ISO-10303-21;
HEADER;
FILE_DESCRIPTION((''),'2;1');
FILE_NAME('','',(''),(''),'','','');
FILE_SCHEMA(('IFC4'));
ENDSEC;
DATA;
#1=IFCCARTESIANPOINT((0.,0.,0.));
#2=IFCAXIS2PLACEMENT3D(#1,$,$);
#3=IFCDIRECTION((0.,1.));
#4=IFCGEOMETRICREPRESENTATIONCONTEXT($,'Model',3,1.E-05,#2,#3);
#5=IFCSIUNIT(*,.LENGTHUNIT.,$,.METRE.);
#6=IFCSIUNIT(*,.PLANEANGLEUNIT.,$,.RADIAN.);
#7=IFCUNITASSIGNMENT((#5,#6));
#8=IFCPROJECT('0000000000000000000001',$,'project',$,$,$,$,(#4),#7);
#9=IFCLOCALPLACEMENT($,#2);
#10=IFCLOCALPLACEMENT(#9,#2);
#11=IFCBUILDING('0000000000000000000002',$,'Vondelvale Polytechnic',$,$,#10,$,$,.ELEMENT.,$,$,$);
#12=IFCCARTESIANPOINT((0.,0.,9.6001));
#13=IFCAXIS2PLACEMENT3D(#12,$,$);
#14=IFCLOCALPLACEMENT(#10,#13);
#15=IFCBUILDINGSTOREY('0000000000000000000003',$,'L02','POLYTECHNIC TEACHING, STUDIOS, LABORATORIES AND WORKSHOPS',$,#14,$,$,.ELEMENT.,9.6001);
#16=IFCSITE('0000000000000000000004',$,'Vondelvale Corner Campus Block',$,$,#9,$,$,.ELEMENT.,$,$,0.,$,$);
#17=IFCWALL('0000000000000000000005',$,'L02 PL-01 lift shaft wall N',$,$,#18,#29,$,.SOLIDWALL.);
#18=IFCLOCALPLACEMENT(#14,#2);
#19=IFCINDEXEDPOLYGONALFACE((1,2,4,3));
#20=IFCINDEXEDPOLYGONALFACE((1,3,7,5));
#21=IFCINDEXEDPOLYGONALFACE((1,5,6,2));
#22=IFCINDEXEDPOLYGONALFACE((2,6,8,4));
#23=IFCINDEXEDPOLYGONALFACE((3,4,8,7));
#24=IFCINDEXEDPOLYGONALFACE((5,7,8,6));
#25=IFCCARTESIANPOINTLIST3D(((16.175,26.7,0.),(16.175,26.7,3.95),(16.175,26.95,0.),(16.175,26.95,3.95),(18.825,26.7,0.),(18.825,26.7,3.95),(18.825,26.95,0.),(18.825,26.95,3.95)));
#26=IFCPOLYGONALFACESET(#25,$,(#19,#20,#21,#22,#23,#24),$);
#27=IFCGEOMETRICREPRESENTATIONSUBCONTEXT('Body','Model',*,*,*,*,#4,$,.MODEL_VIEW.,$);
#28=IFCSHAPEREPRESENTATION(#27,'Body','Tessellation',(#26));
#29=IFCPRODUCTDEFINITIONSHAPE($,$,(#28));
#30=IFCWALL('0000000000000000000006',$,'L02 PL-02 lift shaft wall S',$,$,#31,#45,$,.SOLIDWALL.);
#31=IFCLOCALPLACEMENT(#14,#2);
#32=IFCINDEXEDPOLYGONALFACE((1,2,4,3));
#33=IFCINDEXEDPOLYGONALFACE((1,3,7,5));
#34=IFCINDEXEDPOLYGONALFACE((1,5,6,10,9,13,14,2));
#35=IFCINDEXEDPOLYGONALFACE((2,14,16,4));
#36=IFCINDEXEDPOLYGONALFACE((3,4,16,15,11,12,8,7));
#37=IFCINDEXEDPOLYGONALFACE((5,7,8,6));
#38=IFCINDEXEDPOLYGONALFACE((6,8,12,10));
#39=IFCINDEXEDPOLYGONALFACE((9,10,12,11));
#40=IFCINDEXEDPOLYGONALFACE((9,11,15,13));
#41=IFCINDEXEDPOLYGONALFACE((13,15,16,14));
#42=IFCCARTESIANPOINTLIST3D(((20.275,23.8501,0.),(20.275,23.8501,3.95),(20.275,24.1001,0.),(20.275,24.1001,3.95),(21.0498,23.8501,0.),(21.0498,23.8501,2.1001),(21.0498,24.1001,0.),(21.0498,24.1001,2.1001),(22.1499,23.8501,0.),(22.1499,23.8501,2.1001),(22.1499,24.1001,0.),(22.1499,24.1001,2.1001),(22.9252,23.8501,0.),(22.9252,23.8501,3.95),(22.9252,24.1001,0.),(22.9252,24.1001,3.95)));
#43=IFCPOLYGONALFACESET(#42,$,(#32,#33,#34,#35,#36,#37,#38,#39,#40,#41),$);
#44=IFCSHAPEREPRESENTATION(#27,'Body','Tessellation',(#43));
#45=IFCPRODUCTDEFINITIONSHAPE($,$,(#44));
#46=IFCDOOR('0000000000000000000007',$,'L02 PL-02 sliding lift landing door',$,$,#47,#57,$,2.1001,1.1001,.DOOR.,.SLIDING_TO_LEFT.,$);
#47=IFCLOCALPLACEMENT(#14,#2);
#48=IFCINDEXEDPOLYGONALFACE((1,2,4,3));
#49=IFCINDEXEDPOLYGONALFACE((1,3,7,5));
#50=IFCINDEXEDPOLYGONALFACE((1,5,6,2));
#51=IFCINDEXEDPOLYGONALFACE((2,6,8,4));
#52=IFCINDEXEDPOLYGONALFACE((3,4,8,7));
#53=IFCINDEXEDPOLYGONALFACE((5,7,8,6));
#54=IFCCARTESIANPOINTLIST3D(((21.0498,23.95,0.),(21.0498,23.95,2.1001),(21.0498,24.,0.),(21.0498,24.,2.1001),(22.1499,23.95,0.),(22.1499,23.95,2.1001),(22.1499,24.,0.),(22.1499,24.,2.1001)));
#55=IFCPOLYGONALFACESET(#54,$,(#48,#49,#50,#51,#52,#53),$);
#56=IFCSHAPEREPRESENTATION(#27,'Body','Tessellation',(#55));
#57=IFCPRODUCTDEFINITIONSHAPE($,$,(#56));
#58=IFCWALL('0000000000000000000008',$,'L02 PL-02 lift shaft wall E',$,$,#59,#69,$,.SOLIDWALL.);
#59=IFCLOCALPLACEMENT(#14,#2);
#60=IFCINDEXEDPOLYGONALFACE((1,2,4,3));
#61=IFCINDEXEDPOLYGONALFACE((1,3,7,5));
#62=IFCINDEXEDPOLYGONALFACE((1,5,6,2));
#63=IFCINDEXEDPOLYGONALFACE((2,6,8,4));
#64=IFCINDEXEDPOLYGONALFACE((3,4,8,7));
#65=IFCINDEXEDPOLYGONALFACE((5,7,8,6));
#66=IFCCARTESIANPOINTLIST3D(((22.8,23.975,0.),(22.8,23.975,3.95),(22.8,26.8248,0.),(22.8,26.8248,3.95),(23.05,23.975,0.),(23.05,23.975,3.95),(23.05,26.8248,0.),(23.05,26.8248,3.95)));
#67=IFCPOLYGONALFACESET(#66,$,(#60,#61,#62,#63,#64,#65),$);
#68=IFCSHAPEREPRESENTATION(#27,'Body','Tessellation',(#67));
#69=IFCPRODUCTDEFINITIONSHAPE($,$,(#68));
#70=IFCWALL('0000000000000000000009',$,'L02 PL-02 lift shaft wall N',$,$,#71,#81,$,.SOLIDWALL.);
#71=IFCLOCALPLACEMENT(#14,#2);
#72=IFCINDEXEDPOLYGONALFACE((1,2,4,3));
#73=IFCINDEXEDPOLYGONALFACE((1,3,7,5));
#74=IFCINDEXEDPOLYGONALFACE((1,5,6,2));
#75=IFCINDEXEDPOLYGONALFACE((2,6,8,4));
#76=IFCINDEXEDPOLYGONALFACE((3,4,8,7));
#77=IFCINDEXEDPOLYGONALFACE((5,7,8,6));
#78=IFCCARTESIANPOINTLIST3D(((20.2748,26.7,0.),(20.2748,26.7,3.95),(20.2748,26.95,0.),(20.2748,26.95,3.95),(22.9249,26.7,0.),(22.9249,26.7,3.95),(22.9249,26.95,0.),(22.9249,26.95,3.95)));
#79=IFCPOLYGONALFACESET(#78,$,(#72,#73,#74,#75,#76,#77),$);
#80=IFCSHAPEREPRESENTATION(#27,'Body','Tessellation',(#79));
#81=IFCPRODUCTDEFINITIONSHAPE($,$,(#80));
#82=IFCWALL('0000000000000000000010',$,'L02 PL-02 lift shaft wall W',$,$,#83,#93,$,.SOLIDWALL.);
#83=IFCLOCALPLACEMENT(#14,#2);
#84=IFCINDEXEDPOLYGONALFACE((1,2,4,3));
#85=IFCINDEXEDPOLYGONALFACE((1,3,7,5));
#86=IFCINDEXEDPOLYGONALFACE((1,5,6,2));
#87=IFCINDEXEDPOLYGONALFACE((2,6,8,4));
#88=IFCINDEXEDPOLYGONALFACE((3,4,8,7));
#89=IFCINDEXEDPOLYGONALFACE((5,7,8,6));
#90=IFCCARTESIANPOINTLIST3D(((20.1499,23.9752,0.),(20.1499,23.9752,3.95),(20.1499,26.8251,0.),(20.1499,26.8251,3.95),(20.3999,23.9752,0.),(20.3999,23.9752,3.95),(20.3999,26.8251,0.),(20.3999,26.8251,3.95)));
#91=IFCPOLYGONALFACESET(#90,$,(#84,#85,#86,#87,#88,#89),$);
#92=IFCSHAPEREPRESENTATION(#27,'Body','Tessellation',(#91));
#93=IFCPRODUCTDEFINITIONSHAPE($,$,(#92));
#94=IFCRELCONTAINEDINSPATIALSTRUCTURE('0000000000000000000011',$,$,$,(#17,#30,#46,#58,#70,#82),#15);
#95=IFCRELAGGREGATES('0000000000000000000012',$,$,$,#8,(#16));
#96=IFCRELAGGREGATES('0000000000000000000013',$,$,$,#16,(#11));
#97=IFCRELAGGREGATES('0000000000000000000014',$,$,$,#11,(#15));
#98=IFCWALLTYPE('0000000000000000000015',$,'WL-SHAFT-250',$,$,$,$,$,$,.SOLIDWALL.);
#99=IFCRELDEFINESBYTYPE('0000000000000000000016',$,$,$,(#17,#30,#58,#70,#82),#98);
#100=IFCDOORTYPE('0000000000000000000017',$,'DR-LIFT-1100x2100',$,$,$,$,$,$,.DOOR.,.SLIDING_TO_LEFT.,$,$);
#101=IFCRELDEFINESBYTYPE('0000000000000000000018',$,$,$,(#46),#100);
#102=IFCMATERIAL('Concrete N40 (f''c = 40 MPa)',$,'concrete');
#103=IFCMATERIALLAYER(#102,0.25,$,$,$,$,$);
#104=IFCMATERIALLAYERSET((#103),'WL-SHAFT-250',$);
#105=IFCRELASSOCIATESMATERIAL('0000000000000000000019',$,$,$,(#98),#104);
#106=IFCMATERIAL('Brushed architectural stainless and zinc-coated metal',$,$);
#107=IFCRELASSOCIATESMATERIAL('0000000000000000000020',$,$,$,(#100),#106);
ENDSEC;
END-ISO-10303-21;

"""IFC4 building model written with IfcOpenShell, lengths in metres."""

from ifc_helpers import new_model, si_unit, direction, frame, frame_2d, origin, place, context, subcontext, project, spatial, rectangle, extrude, material, layer, layer_set, type_object, element, fill, save


model = new_model("IFC4")

# Units and contexts
model_context = context("Model", 3, precision=1e-05, world=origin(), true_north=direction((0.0, 1.0)))
body_context = subcontext(model_context, "Body", "Model", "MODEL_VIEW")
ifc_project = project(units=[si_unit("LENGTHUNIT", "METRE"), si_unit("PLANEANGLEUNIT", "RADIAN")], contexts=[model_context])

# Site, building, storey
site_placement = place(None, origin())
site = spatial("IfcSite", under=ifc_project, at=site_placement, Name="Vondelvale Corner Campus Block", CompositionType="ELEMENT", RefElevation=0.0)
building_placement = place(site_placement, origin())
building = spatial("IfcBuilding", under=site, at=building_placement, Name="Vondelvale Polytechnic", CompositionType="ELEMENT")
storey_placement = place(building_placement, frame((0.0, 0.0, 9.6001)))
storey = spatial("IfcBuildingStorey", under=building, at=storey_placement, Name="L02", Description="POLYTECHNIC TEACHING, STUDIOS, LABORATORIES AND WORKSHOPS", CompositionType="ELEMENT", Elevation=9.6001)

# Shared definitions
ifc_material_1 = material(Name="Concrete N40 (f'c = 40 MPa)", Category="concrete")

# Wall
ifc_layer_1 = layer(ifc_material_1, 0.25)
ifc_layer_set_1 = layer_set([ifc_layer_1], Name="WL-SHAFT-250")
wall_type_1 = type_object("IfcWallType", Name="WL-SHAFT-250", PredefinedType="SOLIDWALL", material=ifc_layer_set_1)
wall_1_placement = place(storey_placement, frame((18.825, 26.825, 0.0), z_axis=(0.0, 0.0, 1.0), x_axis=(-1.0, 0.0, 0.0)))
element("IfcWall", 1, at=wall_1_placement, inside=storey, type_object=wall_type_1, Name="L02 PL-01 lift shaft wall N", PredefinedType="SOLIDWALL", context=body_context, shape_type="SweptSolid", body=[
    extrude(rectangle(XDim=2.6499, YDim=0.25, at=frame_2d((1.325, 0.0))), origin(), (0.0, 0.0, 1.0), 3.95),
])

# Wall, opening, door
wall_2_placement = place(storey_placement, frame((20.2749, 23.9751, 0.0), z_axis=(0.0, 0.0, 1.0), x_axis=(1.0, 0.0, 0.0)))
wall_2 = element("IfcWall", 2, at=wall_2_placement, inside=storey, type_object=wall_type_1, Name="L02 PL-02 lift shaft wall S", PredefinedType="SOLIDWALL", context=body_context, shape_type="SweptSolid", body=[
    extrude(rectangle(XDim=2.6501, YDim=0.25, at=frame_2d((1.3252, 0.0))), origin(), (0.0, 0.0, 1.0), 3.95),
])
opening_1_placement = place(wall_2_placement, frame((0.7749, 0.0, 0.0)))
opening_1 = element("IfcOpeningElement", 3, at=opening_1_placement, cuts=wall_2, PredefinedType="OPENING", context=body_context, shape_type="SweptSolid", body=[
    extrude(rectangle(XDim=1.1001, YDim=2.1001, at=frame_2d((0.55, 1.05))), frame((0.0, 0.135, 0.0), z_axis=(0.0, -1.0, 0.0), x_axis=(1.0, 0.0, 0.0)), (0.0, 0.0, 1.0), 0.27),
])
ifc_material_2 = material(Name="Brushed architectural stainless and zinc-coated metal")
door_type_1 = type_object("IfcDoorType", Name="DR-LIFT-1100x2100", OperationType="SLIDING_TO_LEFT", PredefinedType="DOOR", material=ifc_material_2)
door_1_placement = place(opening_1_placement, origin())
door_1 = element("IfcDoor", 4, at=door_1_placement, inside=storey, type_object=door_type_1, Name="L02 PL-02 sliding lift landing door", OperationType="SLIDING_TO_LEFT", OverallHeight=2.1001, OverallWidth=1.1001, PredefinedType="DOOR", context=body_context, shape_type="SweptSolid", body=[
    extrude(rectangle(XDim=1.1001, YDim=2.1001, at=frame_2d((0.55, 1.05))), frame((0.0, 0.0249, 0.0), z_axis=(0.0, -1.0, 0.0), x_axis=(1.0, 0.0, 0.0)), (0.0, 0.0, 1.0), 0.05),
])
fill(opening_1, door_1)

# Walls
wall_3_placement = place(storey_placement, frame((22.925, 23.9751, 0.0), z_axis=(0.0, 0.0, 1.0), x_axis=(0.0, 1.0, 0.0)))
element("IfcWall", 5, at=wall_3_placement, inside=storey, type_object=wall_type_1, Name="L02 PL-02 lift shaft wall E", PredefinedType="SOLIDWALL", context=body_context, shape_type="SweptSolid", body=[
    extrude(rectangle(XDim=2.8499, YDim=0.25, at=frame_2d((1.4248, 0.0))), origin(), (0.0, 0.0, 1.0), 3.95),
])
wall_4_placement = place(storey_placement, frame((22.925, 26.825, 0.0), z_axis=(0.0, 0.0, 1.0), x_axis=(-1.0, 0.0, 0.0)))
element("IfcWall", 6, at=wall_4_placement, inside=storey, type_object=wall_type_1, Name="L02 PL-02 lift shaft wall N", PredefinedType="SOLIDWALL", context=body_context, shape_type="SweptSolid", body=[
    extrude(rectangle(XDim=2.6501, YDim=0.25, at=frame_2d((1.3252, 0.0))), origin(), (0.0, 0.0, 1.0), 3.95),
])
wall_5_placement = place(storey_placement, frame((20.2749, 26.825, 0.0), z_axis=(0.0, 0.0, 1.0), x_axis=(0.0, -1.0, 0.0)))
element("IfcWall", 7, at=wall_5_placement, inside=storey, type_object=wall_type_1, Name="L02 PL-02 lift shaft wall W", PredefinedType="SOLIDWALL", context=body_context, shape_type="SweptSolid", body=[
    extrude(rectangle(XDim=2.8499, YDim=0.25, at=frame_2d((1.4248, 0.0))), origin(), (0.0, 0.0, 1.0), 3.95),
])

save(model, "model.ifc")
